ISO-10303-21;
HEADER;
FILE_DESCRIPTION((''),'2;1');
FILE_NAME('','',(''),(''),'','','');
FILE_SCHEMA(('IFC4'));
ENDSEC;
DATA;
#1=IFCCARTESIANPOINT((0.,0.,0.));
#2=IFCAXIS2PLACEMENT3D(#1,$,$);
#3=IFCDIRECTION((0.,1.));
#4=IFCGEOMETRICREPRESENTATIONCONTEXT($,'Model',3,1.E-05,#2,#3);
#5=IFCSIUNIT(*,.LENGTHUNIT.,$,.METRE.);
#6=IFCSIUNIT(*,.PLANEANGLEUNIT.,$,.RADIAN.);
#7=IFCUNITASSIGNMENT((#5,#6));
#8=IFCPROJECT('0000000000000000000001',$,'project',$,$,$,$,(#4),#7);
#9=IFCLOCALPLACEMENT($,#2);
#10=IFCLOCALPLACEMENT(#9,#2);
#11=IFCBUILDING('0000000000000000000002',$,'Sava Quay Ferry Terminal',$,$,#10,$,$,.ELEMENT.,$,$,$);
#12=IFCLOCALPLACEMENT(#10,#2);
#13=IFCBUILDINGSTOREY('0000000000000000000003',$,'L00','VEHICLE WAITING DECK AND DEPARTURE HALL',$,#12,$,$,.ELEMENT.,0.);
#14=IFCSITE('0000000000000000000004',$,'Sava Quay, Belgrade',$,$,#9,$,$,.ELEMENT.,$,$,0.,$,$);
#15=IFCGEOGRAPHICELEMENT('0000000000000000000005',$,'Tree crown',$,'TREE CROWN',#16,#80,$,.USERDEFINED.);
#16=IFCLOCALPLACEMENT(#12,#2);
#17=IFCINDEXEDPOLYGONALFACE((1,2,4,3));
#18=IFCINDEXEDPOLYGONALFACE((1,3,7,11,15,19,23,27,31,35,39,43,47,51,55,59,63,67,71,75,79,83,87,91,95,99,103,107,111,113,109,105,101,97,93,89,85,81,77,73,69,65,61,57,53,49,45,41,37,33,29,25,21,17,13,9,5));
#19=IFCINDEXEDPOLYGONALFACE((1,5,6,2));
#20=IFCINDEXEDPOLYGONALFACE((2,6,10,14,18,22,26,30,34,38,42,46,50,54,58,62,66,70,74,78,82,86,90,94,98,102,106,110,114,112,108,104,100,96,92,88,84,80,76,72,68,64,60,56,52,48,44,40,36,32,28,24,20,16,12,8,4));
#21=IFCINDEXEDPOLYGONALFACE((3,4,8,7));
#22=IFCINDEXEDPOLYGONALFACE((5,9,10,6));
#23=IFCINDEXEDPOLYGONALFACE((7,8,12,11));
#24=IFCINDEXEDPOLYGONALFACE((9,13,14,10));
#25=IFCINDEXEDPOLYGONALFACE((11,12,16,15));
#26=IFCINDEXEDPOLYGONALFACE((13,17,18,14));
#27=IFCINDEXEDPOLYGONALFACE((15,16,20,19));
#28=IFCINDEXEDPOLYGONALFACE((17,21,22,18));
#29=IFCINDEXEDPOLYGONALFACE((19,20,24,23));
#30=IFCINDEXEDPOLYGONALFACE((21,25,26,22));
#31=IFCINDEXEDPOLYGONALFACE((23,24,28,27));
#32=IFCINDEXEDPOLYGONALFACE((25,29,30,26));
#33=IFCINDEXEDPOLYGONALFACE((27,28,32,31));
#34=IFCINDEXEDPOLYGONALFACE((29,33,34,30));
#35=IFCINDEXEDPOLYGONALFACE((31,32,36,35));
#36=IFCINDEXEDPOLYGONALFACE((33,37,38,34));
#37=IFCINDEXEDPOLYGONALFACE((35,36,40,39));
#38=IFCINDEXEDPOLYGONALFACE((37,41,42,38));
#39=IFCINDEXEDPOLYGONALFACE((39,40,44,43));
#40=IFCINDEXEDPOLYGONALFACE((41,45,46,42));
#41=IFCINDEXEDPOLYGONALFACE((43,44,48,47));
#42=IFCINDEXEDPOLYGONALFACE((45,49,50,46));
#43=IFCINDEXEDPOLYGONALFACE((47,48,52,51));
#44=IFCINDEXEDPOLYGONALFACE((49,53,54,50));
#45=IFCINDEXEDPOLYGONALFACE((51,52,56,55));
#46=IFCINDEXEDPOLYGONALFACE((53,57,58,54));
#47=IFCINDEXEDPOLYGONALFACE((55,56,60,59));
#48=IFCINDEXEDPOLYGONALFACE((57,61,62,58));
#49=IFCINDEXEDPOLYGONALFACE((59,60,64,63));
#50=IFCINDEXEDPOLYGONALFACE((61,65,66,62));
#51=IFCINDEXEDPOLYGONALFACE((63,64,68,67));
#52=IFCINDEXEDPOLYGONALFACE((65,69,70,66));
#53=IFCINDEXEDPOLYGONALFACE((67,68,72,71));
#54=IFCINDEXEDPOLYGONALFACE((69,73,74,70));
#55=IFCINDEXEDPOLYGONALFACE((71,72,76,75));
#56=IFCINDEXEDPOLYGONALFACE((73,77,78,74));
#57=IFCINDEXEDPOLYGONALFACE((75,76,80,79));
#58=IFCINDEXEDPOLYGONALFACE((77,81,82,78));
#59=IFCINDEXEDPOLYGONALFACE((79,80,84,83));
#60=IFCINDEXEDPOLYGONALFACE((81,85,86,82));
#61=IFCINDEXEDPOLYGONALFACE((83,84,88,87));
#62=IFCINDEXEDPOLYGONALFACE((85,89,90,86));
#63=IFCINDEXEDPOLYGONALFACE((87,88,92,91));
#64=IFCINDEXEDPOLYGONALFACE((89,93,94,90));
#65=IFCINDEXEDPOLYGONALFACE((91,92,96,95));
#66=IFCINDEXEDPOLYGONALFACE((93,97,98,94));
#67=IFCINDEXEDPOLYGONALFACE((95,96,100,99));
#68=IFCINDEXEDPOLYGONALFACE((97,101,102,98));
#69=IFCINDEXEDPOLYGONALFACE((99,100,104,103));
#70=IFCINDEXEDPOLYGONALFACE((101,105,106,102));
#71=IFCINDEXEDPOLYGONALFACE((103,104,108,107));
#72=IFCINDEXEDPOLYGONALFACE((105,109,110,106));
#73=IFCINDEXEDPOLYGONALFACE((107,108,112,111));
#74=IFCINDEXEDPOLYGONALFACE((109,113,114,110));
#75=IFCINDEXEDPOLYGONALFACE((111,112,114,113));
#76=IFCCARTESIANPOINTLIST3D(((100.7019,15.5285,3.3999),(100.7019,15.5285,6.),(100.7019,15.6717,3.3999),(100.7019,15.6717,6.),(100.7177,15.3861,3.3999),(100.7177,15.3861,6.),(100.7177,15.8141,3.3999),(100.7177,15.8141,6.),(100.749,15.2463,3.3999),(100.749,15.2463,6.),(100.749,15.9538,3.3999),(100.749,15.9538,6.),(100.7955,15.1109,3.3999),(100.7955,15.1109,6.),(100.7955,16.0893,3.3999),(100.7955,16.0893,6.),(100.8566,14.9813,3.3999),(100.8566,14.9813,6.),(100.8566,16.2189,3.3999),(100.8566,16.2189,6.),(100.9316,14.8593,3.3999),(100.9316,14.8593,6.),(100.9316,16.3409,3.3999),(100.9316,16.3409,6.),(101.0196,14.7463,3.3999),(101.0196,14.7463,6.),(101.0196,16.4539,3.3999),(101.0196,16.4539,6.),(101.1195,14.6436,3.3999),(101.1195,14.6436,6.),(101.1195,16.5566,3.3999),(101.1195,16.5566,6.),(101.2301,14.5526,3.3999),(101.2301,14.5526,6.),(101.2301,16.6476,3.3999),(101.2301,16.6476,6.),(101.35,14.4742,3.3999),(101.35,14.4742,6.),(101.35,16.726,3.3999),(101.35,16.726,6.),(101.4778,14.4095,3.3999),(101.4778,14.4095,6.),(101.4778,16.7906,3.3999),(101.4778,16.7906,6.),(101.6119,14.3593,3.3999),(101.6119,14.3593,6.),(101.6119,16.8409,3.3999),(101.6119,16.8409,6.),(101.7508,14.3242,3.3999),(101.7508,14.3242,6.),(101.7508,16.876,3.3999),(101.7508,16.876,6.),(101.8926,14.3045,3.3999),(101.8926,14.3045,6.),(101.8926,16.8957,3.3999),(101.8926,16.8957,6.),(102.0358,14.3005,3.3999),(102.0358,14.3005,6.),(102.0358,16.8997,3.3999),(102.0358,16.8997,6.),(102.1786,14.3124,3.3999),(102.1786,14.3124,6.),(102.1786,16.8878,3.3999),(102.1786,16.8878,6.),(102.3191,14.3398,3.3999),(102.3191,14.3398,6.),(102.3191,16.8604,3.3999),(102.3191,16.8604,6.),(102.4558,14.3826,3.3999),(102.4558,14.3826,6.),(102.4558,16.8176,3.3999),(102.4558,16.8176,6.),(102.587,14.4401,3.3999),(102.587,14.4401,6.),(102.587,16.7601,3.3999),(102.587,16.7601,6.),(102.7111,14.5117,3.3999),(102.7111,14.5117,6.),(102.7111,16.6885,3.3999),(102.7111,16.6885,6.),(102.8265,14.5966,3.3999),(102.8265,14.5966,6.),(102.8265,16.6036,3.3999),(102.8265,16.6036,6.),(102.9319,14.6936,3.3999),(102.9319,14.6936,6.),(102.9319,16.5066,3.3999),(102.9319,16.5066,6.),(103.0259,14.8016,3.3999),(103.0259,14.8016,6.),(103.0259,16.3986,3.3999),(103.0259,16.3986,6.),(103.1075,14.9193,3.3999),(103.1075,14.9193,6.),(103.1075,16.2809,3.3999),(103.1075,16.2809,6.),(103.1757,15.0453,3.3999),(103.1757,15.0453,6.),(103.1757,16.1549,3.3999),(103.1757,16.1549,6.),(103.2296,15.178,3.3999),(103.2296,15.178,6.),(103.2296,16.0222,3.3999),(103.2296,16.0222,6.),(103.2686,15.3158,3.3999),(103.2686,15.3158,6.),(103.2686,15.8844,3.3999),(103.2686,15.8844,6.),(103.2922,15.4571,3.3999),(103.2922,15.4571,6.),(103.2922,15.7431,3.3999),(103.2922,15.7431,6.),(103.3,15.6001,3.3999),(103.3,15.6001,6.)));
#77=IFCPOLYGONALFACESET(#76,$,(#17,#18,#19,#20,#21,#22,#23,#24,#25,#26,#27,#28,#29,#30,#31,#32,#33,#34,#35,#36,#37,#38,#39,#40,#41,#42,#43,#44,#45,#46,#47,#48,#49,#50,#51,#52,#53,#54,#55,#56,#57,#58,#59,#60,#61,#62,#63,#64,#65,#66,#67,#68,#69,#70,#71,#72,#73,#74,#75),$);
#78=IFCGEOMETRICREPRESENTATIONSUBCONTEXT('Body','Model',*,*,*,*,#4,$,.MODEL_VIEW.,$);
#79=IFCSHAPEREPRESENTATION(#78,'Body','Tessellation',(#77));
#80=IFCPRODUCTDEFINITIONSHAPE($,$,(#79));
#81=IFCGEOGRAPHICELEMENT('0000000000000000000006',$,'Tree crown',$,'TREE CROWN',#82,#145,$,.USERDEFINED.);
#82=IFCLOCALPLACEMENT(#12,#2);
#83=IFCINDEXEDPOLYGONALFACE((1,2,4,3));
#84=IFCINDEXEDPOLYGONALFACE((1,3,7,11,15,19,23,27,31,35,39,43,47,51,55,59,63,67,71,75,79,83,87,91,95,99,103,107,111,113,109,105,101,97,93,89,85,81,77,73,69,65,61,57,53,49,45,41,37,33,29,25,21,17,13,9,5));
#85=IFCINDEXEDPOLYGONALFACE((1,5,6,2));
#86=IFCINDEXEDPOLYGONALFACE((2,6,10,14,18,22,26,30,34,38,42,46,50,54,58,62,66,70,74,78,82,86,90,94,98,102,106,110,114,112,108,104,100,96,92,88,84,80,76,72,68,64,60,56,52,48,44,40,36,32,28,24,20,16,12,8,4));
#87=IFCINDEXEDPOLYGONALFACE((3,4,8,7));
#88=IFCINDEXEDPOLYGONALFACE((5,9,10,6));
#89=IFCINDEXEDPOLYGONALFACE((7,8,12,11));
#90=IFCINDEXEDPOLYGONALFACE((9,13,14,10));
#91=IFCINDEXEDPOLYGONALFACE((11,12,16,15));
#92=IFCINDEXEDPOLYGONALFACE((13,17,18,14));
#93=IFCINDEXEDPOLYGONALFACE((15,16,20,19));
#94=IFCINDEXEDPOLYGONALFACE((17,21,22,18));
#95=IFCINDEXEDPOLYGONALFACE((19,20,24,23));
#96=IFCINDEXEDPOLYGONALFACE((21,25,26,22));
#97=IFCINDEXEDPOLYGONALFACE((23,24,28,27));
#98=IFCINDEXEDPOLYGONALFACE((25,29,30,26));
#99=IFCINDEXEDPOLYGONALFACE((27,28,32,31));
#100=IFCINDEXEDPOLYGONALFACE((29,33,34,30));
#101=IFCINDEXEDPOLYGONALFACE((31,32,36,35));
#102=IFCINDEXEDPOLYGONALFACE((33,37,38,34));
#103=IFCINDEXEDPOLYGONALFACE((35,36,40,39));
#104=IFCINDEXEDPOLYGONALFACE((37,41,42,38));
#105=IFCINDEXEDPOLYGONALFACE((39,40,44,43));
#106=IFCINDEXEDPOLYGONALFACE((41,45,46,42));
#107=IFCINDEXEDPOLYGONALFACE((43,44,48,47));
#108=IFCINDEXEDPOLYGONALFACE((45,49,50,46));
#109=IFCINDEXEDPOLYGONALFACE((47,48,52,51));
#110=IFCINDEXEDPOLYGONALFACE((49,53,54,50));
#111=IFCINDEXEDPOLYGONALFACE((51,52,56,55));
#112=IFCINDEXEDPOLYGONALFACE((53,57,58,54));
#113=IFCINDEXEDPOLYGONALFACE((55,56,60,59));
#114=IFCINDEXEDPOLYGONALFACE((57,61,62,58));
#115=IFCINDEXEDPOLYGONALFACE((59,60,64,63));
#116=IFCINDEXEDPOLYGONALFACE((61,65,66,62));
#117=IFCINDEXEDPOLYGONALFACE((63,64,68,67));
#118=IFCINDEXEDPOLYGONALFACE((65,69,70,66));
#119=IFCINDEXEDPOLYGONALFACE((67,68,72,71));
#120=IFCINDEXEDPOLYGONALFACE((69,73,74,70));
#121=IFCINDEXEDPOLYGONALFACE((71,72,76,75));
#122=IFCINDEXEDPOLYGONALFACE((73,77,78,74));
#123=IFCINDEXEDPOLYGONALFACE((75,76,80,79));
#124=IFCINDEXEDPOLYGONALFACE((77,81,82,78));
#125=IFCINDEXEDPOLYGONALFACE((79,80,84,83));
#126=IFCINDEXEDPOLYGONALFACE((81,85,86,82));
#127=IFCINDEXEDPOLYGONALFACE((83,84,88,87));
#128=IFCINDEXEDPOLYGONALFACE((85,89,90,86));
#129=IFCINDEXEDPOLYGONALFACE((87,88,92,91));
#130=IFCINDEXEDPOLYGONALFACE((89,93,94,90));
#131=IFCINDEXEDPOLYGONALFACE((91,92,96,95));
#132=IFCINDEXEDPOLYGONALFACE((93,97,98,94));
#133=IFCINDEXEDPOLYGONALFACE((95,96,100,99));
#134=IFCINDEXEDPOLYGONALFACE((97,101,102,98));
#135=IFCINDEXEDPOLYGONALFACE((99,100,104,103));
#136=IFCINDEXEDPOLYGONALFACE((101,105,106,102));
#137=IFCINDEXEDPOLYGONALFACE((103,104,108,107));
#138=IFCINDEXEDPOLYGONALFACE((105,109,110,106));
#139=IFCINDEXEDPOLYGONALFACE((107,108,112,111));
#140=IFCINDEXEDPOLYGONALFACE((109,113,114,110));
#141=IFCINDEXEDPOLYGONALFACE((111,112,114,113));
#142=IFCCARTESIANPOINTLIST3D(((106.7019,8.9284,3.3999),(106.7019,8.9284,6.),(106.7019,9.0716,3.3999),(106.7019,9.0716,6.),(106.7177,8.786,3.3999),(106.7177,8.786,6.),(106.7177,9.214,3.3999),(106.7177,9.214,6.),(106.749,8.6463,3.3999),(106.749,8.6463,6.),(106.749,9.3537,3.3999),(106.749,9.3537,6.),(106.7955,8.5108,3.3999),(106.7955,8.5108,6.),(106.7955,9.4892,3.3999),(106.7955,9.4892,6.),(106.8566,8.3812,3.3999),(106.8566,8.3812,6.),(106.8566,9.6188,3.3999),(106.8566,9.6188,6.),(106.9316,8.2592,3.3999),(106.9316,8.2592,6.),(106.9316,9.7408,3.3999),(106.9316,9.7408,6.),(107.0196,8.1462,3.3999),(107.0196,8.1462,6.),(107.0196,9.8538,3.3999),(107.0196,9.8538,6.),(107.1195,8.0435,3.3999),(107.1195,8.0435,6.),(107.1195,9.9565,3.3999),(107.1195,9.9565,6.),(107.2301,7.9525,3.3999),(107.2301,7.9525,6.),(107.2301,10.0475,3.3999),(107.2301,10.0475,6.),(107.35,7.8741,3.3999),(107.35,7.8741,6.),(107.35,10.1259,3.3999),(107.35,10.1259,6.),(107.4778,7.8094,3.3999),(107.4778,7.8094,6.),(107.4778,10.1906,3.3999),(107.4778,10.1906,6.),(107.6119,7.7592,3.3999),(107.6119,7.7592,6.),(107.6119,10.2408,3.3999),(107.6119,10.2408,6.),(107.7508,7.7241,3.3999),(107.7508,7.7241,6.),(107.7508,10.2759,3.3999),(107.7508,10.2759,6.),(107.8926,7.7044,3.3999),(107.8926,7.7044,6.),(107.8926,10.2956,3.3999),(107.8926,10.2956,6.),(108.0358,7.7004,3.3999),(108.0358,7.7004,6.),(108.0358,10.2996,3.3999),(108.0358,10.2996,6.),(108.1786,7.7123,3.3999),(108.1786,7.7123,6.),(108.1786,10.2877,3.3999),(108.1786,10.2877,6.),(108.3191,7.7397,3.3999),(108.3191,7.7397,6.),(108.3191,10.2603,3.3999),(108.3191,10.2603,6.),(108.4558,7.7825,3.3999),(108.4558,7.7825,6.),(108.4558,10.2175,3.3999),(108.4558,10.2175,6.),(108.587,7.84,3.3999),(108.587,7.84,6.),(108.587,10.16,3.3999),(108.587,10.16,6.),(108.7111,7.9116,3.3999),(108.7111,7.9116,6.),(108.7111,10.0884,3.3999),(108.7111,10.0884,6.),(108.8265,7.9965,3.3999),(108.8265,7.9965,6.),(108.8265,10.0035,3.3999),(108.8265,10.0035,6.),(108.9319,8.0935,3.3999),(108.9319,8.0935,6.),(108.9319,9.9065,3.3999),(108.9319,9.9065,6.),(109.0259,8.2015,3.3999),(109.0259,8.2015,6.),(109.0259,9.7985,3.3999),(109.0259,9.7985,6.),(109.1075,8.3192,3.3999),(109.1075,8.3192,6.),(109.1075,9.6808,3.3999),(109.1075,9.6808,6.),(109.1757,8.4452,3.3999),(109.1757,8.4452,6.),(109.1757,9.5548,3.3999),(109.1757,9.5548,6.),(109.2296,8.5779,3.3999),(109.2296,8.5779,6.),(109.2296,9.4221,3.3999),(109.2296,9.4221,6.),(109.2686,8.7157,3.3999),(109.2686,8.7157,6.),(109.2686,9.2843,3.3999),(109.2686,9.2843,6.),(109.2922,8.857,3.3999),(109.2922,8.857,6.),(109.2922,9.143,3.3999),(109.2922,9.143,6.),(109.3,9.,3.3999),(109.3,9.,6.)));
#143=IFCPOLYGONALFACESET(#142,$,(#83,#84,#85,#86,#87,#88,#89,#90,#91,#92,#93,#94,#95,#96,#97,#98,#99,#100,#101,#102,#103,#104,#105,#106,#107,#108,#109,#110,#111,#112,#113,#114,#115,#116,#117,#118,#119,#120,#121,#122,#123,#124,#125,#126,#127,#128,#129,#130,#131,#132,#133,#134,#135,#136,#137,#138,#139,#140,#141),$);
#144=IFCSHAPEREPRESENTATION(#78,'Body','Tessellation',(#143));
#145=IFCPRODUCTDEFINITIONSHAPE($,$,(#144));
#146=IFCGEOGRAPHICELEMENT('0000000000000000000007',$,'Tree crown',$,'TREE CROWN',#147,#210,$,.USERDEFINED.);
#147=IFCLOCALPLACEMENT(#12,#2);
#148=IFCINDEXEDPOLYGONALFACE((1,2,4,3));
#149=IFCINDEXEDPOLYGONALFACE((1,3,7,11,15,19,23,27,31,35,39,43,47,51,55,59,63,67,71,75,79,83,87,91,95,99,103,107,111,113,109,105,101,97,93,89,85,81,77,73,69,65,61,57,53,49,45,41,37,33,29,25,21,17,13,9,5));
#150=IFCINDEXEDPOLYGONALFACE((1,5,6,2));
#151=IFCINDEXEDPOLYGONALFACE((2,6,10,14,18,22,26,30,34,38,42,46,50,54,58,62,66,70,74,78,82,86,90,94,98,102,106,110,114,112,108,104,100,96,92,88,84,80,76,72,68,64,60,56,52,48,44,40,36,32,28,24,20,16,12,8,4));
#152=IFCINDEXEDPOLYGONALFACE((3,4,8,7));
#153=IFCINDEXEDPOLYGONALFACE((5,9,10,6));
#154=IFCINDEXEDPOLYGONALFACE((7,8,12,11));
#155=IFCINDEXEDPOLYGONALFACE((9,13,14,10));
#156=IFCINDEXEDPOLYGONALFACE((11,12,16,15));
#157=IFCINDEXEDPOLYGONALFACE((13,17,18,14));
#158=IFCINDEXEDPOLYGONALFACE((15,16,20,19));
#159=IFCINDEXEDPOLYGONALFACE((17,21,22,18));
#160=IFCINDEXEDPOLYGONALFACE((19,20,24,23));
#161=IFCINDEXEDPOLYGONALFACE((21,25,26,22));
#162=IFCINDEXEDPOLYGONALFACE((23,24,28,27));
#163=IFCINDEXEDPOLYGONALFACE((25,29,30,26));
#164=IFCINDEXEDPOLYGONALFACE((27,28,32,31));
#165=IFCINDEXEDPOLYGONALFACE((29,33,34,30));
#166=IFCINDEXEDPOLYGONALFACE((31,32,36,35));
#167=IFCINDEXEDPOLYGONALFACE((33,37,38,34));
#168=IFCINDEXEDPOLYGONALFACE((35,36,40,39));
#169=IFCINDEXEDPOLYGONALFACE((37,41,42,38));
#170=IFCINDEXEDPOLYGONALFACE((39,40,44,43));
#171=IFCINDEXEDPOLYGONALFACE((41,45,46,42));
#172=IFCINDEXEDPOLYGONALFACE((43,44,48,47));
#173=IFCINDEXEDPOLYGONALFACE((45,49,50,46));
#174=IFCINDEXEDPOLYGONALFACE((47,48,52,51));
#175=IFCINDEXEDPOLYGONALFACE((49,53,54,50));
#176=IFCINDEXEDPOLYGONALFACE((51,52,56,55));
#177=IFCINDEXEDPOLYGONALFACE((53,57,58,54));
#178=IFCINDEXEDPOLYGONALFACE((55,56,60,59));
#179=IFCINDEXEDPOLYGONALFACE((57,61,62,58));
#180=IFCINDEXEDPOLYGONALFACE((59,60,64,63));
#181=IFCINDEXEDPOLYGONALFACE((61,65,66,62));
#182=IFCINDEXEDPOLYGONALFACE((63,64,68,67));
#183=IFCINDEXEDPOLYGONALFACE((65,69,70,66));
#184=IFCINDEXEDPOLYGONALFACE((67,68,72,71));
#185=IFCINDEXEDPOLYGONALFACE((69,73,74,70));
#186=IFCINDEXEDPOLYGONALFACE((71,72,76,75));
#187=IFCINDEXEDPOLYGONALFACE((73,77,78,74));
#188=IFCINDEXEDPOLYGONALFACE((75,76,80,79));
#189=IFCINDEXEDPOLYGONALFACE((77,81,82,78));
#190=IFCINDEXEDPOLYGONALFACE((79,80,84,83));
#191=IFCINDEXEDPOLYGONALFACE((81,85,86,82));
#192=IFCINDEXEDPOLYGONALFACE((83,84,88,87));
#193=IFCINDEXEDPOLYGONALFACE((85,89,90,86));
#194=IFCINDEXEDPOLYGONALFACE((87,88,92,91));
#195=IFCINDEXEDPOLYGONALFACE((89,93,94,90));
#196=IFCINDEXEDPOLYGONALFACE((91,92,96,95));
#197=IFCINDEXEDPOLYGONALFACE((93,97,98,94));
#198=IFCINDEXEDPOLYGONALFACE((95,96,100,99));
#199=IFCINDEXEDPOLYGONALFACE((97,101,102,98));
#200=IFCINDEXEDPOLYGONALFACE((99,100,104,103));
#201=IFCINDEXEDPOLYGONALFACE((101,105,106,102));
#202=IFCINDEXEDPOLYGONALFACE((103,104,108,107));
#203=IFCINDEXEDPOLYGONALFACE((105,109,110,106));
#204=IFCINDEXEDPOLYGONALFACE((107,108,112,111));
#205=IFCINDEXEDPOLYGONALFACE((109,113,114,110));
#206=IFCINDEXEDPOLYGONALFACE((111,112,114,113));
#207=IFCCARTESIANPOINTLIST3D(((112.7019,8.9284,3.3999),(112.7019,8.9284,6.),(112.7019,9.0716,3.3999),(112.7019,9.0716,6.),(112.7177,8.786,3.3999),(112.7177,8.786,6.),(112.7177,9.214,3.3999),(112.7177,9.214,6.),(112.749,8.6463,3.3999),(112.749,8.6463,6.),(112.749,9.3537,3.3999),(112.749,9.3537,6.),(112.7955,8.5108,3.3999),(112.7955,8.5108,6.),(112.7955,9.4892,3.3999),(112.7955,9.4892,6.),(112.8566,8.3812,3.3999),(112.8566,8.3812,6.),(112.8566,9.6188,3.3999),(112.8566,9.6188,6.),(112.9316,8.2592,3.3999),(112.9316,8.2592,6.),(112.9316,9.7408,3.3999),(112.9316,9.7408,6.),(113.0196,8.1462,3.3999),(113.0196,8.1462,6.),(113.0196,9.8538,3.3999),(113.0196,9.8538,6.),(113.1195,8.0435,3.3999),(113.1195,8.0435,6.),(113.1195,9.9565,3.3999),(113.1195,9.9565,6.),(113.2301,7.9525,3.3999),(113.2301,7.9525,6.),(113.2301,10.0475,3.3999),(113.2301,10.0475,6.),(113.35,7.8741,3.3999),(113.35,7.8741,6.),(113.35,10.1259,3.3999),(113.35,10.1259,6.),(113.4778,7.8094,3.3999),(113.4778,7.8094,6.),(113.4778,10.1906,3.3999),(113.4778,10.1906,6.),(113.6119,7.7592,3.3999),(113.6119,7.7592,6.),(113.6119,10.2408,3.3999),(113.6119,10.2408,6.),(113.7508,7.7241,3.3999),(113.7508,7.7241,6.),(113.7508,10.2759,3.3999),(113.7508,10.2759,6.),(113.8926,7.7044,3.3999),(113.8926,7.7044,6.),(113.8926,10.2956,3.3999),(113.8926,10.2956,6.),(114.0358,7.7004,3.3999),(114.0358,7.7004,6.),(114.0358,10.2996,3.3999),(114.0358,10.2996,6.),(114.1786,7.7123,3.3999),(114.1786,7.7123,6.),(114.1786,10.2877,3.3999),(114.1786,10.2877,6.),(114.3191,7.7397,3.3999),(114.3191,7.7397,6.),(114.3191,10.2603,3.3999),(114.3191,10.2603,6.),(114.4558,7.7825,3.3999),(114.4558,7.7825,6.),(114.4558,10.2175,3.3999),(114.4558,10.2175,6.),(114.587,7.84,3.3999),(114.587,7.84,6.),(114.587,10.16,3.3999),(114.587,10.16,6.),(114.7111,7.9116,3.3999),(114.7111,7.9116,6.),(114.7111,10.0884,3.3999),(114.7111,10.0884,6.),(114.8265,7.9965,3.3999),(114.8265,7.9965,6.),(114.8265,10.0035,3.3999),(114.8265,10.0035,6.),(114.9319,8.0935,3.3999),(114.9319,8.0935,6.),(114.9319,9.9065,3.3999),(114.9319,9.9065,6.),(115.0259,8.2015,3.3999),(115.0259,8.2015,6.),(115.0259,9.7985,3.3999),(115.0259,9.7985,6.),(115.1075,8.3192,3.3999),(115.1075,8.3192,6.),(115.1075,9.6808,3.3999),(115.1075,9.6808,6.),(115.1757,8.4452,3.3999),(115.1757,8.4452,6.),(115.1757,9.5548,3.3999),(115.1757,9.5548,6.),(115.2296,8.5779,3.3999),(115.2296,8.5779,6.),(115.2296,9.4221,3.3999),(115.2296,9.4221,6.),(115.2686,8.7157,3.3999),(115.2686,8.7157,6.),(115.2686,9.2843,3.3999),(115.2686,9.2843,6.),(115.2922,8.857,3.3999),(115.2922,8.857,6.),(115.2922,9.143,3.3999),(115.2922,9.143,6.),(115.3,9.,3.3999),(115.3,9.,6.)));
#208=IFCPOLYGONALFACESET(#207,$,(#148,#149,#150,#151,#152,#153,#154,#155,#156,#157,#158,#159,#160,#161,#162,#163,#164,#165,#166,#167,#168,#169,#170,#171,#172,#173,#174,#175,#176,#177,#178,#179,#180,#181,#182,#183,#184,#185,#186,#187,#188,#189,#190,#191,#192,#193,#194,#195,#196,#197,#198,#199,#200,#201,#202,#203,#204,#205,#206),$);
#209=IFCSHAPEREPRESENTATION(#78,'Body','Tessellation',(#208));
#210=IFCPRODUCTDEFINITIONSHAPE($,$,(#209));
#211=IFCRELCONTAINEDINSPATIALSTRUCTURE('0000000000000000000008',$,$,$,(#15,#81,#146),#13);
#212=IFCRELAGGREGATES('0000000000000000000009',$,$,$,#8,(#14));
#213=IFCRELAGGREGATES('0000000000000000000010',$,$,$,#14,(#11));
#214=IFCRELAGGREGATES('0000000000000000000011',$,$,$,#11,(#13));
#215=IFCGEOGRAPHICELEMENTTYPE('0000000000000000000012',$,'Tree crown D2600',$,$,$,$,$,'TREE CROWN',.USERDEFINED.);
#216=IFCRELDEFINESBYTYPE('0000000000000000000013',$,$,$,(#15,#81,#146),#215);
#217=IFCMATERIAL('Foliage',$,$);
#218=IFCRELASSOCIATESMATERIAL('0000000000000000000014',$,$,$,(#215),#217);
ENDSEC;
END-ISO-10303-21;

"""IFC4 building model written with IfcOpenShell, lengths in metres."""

from ifc_helpers import new_model, si_unit, direction, frame, origin, origin_2d, place, context, subcontext, project, spatial, circle, extrude, material, type_object, element, save


model = new_model("IFC4")

# Units and contexts
model_context = context("Model", 3, precision=1e-05, world=origin(), true_north=direction((0.0, 1.0)))
body_context = subcontext(model_context, "Body", "Model", "MODEL_VIEW")
ifc_project = project(units=[si_unit("LENGTHUNIT", "METRE"), si_unit("PLANEANGLEUNIT", "RADIAN")], contexts=[model_context])

# Site, building, storey
site_placement = place(None, origin())
site = spatial("IfcSite", under=ifc_project, at=site_placement, Name="Sava Quay, Belgrade", CompositionType="ELEMENT", RefElevation=0.0)
building_placement = place(site_placement, origin())
building = spatial("IfcBuilding", under=site, at=building_placement, Name="Sava Quay Ferry Terminal", CompositionType="ELEMENT")
storey_placement = place(building_placement, origin())
storey = spatial("IfcBuildingStorey", under=building, at=storey_placement, Name="L00", Description="VEHICLE WAITING DECK AND DEPARTURE HALL", CompositionType="ELEMENT", Elevation=0.0)

# Geographic elements
ifc_material_1 = material(Name="Foliage")
geographic_element_type_1 = type_object("IfcGeographicElementType", Name="Tree crown D2600", ElementType="TREE CROWN", PredefinedType="USERDEFINED", material=ifc_material_1)
for number, where, z_axis, x_axis, name in (
    (1, (102.0, 15.6001, 6.0), (0.0, 0.0, -1.0), (1.0, 0.0, 0.0), "Tree crown"),
    (2, (108.0, 9.0, 6.0), (0.0, 0.0, -1.0), (1.0, 0.0, 0.0), "Tree crown"),
    (3, (114.0, 9.0, 6.0), (0.0, 0.0, -1.0), (1.0, 0.0, 0.0), "Tree crown"),
):
    element("IfcGeographicElement", number, at=place(storey_placement, frame(where, z_axis=z_axis, x_axis=x_axis)), inside=storey, type_object=geographic_element_type_1, Name=name, ObjectType="TREE CROWN", PredefinedType="USERDEFINED", context=body_context, shape_type="SweptSolid", body=[
        extrude(circle(Radius=1.3, at=origin_2d()), origin(), (0.0, 0.0, 1.0), 2.6001),
    ])

save(model, "model.ifc")
